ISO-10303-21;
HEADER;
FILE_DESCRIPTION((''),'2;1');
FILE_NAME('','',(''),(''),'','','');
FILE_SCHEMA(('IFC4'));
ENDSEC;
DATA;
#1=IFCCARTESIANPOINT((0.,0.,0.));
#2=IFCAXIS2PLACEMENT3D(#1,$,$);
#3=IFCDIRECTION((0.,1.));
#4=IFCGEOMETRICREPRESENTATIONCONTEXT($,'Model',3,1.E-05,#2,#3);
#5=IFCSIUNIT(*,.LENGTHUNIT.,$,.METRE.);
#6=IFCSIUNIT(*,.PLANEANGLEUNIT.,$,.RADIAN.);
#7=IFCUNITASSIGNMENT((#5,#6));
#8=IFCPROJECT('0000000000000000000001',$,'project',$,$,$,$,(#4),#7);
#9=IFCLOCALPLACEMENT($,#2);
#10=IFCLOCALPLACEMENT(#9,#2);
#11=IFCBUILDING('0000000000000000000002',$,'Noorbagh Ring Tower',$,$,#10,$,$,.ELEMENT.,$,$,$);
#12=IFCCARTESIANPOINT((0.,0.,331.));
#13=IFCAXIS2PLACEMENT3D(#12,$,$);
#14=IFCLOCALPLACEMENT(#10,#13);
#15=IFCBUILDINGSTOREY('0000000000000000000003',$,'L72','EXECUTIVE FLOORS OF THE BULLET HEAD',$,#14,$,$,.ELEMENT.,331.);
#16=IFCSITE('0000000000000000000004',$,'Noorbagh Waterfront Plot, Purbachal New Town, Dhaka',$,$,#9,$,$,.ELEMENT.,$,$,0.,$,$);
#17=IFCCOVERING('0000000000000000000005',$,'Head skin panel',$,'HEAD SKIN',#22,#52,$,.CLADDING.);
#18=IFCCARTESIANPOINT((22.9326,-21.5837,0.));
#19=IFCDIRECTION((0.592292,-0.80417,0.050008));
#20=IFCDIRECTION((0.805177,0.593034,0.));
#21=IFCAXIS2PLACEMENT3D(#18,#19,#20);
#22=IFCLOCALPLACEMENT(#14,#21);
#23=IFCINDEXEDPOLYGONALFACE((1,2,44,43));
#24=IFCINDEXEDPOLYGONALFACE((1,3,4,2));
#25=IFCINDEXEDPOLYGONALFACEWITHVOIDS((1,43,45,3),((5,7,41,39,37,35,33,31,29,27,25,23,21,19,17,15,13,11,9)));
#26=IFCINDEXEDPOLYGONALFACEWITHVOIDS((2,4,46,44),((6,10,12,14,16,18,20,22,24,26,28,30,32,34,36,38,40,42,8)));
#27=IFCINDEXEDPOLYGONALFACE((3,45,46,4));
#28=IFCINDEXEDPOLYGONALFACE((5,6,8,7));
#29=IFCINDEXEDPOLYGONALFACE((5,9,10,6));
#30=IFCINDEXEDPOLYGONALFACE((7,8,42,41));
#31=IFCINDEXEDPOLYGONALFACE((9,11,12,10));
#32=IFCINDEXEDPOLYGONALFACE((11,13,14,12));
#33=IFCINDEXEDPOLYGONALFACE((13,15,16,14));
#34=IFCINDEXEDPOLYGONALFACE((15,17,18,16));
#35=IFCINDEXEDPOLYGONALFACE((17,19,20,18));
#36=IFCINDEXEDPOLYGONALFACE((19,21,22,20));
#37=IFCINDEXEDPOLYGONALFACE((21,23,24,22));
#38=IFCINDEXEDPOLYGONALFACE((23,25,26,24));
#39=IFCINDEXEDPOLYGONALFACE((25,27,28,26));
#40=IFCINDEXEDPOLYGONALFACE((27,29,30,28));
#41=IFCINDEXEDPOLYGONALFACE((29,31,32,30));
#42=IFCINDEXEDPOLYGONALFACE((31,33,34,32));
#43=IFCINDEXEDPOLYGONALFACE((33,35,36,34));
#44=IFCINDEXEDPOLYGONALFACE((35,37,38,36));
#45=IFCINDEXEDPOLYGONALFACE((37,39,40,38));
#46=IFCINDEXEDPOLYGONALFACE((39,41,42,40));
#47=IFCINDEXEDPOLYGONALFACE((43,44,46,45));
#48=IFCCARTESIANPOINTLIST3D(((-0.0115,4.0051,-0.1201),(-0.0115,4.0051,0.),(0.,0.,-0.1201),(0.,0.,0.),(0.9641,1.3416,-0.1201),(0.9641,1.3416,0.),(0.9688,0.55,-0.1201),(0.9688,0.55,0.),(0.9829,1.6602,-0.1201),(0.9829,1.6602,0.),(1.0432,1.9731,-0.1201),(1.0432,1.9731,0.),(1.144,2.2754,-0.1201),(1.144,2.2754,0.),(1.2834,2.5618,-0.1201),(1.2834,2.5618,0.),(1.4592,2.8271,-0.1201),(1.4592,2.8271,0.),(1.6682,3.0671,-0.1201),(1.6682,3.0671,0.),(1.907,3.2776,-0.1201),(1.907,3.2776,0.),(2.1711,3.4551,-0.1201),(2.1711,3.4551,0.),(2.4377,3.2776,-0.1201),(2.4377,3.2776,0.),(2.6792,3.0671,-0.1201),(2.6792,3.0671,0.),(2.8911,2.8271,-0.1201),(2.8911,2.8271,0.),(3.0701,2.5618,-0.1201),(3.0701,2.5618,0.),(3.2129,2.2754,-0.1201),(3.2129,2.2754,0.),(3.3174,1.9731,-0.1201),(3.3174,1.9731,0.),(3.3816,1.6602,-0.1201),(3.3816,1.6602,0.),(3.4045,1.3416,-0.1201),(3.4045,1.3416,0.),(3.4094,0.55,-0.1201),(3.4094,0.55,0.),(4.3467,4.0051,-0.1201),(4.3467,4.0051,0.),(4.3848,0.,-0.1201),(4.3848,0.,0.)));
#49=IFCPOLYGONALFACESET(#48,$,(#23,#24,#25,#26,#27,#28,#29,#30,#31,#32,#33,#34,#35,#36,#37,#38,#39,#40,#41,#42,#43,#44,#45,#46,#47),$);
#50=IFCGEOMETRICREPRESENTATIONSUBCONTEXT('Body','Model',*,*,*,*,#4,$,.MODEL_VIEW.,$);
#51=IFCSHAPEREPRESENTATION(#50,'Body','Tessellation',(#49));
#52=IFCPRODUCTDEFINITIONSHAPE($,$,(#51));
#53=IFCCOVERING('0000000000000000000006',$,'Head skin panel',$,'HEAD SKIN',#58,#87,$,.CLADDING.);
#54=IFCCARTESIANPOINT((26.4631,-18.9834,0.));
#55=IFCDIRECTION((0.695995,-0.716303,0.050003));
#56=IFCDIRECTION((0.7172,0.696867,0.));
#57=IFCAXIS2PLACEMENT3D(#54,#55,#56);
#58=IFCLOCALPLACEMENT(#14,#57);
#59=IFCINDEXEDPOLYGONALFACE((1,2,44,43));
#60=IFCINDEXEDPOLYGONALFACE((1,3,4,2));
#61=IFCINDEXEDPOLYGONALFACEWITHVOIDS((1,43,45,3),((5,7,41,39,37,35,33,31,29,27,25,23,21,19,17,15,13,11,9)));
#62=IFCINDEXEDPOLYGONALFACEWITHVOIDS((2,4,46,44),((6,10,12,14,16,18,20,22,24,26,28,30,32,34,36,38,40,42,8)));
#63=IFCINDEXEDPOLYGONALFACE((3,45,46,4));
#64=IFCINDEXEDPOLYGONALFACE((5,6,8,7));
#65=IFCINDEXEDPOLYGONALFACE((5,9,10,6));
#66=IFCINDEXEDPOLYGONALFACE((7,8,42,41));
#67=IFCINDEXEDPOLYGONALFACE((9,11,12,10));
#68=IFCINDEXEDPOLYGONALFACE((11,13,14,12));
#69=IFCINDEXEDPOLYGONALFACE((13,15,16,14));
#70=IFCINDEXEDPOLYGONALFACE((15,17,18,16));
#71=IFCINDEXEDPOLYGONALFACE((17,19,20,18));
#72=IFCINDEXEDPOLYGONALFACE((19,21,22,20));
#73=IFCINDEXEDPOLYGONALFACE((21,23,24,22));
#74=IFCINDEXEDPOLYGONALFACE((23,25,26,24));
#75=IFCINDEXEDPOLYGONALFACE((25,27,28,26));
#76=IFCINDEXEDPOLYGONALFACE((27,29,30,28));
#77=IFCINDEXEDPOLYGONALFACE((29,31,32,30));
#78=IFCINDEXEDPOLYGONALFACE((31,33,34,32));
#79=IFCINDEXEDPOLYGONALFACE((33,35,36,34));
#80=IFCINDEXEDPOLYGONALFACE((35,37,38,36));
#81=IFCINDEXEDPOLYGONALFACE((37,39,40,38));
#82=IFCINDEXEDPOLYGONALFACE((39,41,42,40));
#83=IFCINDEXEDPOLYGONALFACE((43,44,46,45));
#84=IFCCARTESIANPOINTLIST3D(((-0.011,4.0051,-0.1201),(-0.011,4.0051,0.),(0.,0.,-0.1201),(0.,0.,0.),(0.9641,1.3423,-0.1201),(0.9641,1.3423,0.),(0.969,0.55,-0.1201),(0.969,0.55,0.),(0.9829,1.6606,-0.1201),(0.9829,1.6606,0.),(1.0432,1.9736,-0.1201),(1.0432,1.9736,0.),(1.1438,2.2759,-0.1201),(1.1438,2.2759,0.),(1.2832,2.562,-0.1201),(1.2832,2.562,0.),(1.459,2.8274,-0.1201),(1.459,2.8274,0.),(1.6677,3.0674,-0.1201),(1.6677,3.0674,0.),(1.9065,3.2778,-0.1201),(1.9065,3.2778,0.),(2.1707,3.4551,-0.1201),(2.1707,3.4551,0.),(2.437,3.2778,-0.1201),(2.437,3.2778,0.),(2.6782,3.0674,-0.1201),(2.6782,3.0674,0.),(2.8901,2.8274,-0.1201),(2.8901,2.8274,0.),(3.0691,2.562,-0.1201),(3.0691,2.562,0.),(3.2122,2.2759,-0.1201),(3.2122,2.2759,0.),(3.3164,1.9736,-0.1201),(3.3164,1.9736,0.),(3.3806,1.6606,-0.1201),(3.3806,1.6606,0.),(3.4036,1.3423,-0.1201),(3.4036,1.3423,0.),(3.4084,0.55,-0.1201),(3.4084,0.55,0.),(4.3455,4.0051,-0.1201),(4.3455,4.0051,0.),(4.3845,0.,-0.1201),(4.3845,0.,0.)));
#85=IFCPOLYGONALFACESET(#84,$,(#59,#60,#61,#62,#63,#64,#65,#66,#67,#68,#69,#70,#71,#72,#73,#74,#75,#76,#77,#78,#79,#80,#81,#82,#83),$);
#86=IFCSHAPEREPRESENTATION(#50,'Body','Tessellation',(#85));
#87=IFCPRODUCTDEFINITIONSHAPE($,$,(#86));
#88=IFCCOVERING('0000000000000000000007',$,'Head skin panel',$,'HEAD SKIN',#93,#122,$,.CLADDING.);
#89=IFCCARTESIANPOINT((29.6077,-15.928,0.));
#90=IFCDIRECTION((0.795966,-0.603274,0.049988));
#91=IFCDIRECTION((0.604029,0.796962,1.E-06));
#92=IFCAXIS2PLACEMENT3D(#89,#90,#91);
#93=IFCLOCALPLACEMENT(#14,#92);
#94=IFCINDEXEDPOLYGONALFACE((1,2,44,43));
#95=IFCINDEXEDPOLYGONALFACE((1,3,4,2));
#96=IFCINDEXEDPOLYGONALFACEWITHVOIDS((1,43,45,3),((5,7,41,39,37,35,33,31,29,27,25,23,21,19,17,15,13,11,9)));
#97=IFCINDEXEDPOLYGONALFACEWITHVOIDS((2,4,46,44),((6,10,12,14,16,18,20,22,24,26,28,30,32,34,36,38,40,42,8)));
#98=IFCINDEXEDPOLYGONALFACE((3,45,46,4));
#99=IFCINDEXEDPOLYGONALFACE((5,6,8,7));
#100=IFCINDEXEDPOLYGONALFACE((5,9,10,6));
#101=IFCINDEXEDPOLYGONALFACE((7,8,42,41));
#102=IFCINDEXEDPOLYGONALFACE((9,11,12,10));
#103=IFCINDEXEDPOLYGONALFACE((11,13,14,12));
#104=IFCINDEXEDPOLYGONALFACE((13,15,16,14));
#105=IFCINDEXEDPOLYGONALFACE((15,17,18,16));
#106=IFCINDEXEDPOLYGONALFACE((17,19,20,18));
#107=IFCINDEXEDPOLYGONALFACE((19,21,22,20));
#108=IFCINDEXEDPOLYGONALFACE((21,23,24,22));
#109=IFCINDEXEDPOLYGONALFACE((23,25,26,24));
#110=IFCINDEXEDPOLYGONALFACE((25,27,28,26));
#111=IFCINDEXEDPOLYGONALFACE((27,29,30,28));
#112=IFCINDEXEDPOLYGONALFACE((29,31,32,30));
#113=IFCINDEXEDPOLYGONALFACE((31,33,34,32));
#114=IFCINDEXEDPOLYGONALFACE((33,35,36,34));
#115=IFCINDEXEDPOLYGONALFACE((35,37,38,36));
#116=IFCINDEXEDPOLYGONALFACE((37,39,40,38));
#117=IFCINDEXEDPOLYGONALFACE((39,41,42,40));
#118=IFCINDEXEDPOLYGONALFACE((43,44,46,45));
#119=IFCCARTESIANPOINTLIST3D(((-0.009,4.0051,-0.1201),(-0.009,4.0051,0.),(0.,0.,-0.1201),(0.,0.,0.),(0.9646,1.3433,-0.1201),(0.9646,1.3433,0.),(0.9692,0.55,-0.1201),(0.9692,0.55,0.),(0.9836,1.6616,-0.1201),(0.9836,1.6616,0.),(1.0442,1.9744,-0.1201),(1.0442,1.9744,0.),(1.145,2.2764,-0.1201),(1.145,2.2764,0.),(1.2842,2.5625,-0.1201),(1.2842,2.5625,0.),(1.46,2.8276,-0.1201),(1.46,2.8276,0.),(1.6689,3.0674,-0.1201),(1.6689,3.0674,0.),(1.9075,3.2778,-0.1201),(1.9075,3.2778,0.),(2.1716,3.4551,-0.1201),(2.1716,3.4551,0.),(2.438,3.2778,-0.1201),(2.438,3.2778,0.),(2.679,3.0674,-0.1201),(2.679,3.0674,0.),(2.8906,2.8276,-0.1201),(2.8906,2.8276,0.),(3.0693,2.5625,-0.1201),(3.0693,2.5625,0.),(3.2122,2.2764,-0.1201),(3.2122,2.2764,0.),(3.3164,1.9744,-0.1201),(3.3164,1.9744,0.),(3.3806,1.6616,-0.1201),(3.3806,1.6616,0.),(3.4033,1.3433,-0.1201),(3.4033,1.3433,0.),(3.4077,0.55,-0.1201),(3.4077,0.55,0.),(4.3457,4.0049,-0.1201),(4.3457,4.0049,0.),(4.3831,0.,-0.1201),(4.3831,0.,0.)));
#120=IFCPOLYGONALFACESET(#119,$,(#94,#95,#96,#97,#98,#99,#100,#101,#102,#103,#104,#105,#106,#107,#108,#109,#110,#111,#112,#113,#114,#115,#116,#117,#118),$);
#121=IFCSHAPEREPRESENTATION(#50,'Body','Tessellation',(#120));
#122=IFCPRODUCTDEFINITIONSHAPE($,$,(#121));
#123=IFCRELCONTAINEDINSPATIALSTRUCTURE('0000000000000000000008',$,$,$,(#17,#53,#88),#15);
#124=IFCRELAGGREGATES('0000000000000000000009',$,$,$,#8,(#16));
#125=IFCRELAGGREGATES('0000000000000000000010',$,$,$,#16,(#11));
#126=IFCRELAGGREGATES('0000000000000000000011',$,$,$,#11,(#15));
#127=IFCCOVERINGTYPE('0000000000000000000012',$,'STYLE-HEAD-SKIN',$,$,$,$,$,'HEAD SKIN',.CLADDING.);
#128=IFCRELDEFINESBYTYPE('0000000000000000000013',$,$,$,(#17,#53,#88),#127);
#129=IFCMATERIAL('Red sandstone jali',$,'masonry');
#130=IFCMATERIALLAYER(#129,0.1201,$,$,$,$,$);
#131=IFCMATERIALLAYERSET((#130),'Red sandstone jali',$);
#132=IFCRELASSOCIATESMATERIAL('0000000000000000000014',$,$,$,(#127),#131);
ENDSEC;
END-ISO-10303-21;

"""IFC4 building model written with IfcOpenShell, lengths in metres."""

from ifc_helpers import new_model, si_unit, direction, frame, origin, place, context, subcontext, project, spatial, polyline, outline, extrude, material, layer, layer_set, type_object, element, save


model = new_model("IFC4")

# Units and contexts
model_context = context("Model", 3, precision=1e-05, world=origin(), true_north=direction((0.0, 1.0)))
body_context = subcontext(model_context, "Body", "Model", "MODEL_VIEW")
ifc_project = project(units=[si_unit("LENGTHUNIT", "METRE"), si_unit("PLANEANGLEUNIT", "RADIAN")], contexts=[model_context])

# Site, building, storey
site_placement = place(None, origin())
site = spatial("IfcSite", under=ifc_project, at=site_placement, Name="Noorbagh Waterfront Plot, Purbachal New Town, Dhaka", CompositionType="ELEMENT", RefElevation=0.0)
building_placement = place(site_placement, origin())
building = spatial("IfcBuilding", under=site, at=building_placement, Name="Noorbagh Ring Tower", CompositionType="ELEMENT")
storey_placement = place(building_placement, frame((0.0, 0.0, 331.0)))
storey = spatial("IfcBuildingStorey", under=building, at=storey_placement, Name="L72", Description="EXECUTIVE FLOORS OF THE BULLET HEAD", CompositionType="ELEMENT", Elevation=331.0)

# Coverings
ifc_material_1 = material(Name="Red sandstone jali", Category="masonry")
ifc_layer_1 = layer(ifc_material_1, 0.1201)
ifc_layer_set_1 = layer_set([ifc_layer_1], Name="Red sandstone jali")
covering_type_1 = type_object("IfcCoveringType", Name="STYLE-HEAD-SKIN", ElementType="HEAD SKIN", PredefinedType="CLADDING", material=ifc_layer_set_1)
covering_1_placement = place(storey_placement, frame((22.9326, -21.5837, 0.0), z_axis=(0.592292, -0.80417, 0.050008), x_axis=(0.805177, 0.593034, 0.0)))
element("IfcCovering", 1, at=covering_1_placement, inside=storey, type_object=covering_type_1, Name="Head skin panel", ObjectType="HEAD SKIN", PredefinedType="CLADDING", context=body_context, shape_type="SweptSolid", body=[
    extrude(outline(polyline([(0.0, 0.0), (4.3848, 0.0), (4.3467, 4.0051), (-0.0115, 4.0051), (0.0, 0.0)]), holes=[polyline([(0.9688, 0.55), (0.9641, 1.3416), (0.9829, 1.6602), (1.0432, 1.9731), (1.144, 2.2754), (1.2834, 2.5618), (1.4592, 2.8271), (1.6682, 3.0671), (1.907, 3.2776), (2.1711, 3.4551), (2.4377, 3.2776), (2.6792, 3.0671), (2.8911, 2.8271), (3.0701, 2.5618), (3.2129, 2.2754), (3.3174, 1.9731), (3.3816, 1.6602), (3.4045, 1.3416), (3.4094, 0.55), (0.9688, 0.55)])]), origin(), (0.0, 0.0, -1.0), 0.1201),
])
covering_2_placement = place(storey_placement, frame((26.4631, -18.9834, 0.0), z_axis=(0.695995, -0.716303, 0.050003), x_axis=(0.7172, 0.696867, 0.0)))
element("IfcCovering", 2, at=covering_2_placement, inside=storey, type_object=covering_type_1, Name="Head skin panel", ObjectType="HEAD SKIN", PredefinedType="CLADDING", context=body_context, shape_type="SweptSolid", body=[
    extrude(outline(polyline([(0.0, 0.0), (4.3845, 0.0), (4.3455, 4.0051), (-0.011, 4.0051), (0.0, 0.0)]), holes=[polyline([(0.969, 0.55), (0.9641, 1.3423), (0.9829, 1.6606), (1.0432, 1.9736), (1.1438, 2.2759), (1.2832, 2.562), (1.459, 2.8274), (1.6677, 3.0674), (1.9065, 3.2778), (2.1707, 3.4551), (2.437, 3.2778), (2.6782, 3.0674), (2.8901, 2.8274), (3.0691, 2.562), (3.2122, 2.2759), (3.3164, 1.9736), (3.3806, 1.6606), (3.4036, 1.3423), (3.4084, 0.55), (0.969, 0.55)])]), origin(), (0.0, 0.0, -1.0), 0.1201),
])
covering_3_placement = place(storey_placement, frame((29.6077, -15.928, 0.0), z_axis=(0.795966, -0.603274, 0.049988), x_axis=(0.604029, 0.796962, 0.000001)))
element("IfcCovering", 3, at=covering_3_placement, inside=storey, type_object=covering_type_1, Name="Head skin panel", ObjectType="HEAD SKIN", PredefinedType="CLADDING", context=body_context, shape_type="SweptSolid", body=[
    extrude(outline(polyline([(0.0, 0.0), (4.3831, 0.0), (4.3457, 4.0049), (-0.009, 4.0051), (0.0, 0.0)]), holes=[polyline([(0.9692, 0.55), (0.9646, 1.3433), (0.9836, 1.6616), (1.0442, 1.9744), (1.145, 2.2764), (1.2842, 2.5625), (1.46, 2.8276), (1.6689, 3.0674), (1.9075, 3.2778), (2.1716, 3.4551), (2.438, 3.2778), (2.679, 3.0674), (2.8906, 2.8276), (3.0693, 2.5625), (3.2122, 2.2764), (3.3164, 1.9744), (3.3806, 1.6616), (3.4033, 1.3433), (3.4077, 0.55), (0.9692, 0.55)])]), origin(), (0.0, 0.0, -1.0), 0.1201),
])

save(model, "model.ifc")
